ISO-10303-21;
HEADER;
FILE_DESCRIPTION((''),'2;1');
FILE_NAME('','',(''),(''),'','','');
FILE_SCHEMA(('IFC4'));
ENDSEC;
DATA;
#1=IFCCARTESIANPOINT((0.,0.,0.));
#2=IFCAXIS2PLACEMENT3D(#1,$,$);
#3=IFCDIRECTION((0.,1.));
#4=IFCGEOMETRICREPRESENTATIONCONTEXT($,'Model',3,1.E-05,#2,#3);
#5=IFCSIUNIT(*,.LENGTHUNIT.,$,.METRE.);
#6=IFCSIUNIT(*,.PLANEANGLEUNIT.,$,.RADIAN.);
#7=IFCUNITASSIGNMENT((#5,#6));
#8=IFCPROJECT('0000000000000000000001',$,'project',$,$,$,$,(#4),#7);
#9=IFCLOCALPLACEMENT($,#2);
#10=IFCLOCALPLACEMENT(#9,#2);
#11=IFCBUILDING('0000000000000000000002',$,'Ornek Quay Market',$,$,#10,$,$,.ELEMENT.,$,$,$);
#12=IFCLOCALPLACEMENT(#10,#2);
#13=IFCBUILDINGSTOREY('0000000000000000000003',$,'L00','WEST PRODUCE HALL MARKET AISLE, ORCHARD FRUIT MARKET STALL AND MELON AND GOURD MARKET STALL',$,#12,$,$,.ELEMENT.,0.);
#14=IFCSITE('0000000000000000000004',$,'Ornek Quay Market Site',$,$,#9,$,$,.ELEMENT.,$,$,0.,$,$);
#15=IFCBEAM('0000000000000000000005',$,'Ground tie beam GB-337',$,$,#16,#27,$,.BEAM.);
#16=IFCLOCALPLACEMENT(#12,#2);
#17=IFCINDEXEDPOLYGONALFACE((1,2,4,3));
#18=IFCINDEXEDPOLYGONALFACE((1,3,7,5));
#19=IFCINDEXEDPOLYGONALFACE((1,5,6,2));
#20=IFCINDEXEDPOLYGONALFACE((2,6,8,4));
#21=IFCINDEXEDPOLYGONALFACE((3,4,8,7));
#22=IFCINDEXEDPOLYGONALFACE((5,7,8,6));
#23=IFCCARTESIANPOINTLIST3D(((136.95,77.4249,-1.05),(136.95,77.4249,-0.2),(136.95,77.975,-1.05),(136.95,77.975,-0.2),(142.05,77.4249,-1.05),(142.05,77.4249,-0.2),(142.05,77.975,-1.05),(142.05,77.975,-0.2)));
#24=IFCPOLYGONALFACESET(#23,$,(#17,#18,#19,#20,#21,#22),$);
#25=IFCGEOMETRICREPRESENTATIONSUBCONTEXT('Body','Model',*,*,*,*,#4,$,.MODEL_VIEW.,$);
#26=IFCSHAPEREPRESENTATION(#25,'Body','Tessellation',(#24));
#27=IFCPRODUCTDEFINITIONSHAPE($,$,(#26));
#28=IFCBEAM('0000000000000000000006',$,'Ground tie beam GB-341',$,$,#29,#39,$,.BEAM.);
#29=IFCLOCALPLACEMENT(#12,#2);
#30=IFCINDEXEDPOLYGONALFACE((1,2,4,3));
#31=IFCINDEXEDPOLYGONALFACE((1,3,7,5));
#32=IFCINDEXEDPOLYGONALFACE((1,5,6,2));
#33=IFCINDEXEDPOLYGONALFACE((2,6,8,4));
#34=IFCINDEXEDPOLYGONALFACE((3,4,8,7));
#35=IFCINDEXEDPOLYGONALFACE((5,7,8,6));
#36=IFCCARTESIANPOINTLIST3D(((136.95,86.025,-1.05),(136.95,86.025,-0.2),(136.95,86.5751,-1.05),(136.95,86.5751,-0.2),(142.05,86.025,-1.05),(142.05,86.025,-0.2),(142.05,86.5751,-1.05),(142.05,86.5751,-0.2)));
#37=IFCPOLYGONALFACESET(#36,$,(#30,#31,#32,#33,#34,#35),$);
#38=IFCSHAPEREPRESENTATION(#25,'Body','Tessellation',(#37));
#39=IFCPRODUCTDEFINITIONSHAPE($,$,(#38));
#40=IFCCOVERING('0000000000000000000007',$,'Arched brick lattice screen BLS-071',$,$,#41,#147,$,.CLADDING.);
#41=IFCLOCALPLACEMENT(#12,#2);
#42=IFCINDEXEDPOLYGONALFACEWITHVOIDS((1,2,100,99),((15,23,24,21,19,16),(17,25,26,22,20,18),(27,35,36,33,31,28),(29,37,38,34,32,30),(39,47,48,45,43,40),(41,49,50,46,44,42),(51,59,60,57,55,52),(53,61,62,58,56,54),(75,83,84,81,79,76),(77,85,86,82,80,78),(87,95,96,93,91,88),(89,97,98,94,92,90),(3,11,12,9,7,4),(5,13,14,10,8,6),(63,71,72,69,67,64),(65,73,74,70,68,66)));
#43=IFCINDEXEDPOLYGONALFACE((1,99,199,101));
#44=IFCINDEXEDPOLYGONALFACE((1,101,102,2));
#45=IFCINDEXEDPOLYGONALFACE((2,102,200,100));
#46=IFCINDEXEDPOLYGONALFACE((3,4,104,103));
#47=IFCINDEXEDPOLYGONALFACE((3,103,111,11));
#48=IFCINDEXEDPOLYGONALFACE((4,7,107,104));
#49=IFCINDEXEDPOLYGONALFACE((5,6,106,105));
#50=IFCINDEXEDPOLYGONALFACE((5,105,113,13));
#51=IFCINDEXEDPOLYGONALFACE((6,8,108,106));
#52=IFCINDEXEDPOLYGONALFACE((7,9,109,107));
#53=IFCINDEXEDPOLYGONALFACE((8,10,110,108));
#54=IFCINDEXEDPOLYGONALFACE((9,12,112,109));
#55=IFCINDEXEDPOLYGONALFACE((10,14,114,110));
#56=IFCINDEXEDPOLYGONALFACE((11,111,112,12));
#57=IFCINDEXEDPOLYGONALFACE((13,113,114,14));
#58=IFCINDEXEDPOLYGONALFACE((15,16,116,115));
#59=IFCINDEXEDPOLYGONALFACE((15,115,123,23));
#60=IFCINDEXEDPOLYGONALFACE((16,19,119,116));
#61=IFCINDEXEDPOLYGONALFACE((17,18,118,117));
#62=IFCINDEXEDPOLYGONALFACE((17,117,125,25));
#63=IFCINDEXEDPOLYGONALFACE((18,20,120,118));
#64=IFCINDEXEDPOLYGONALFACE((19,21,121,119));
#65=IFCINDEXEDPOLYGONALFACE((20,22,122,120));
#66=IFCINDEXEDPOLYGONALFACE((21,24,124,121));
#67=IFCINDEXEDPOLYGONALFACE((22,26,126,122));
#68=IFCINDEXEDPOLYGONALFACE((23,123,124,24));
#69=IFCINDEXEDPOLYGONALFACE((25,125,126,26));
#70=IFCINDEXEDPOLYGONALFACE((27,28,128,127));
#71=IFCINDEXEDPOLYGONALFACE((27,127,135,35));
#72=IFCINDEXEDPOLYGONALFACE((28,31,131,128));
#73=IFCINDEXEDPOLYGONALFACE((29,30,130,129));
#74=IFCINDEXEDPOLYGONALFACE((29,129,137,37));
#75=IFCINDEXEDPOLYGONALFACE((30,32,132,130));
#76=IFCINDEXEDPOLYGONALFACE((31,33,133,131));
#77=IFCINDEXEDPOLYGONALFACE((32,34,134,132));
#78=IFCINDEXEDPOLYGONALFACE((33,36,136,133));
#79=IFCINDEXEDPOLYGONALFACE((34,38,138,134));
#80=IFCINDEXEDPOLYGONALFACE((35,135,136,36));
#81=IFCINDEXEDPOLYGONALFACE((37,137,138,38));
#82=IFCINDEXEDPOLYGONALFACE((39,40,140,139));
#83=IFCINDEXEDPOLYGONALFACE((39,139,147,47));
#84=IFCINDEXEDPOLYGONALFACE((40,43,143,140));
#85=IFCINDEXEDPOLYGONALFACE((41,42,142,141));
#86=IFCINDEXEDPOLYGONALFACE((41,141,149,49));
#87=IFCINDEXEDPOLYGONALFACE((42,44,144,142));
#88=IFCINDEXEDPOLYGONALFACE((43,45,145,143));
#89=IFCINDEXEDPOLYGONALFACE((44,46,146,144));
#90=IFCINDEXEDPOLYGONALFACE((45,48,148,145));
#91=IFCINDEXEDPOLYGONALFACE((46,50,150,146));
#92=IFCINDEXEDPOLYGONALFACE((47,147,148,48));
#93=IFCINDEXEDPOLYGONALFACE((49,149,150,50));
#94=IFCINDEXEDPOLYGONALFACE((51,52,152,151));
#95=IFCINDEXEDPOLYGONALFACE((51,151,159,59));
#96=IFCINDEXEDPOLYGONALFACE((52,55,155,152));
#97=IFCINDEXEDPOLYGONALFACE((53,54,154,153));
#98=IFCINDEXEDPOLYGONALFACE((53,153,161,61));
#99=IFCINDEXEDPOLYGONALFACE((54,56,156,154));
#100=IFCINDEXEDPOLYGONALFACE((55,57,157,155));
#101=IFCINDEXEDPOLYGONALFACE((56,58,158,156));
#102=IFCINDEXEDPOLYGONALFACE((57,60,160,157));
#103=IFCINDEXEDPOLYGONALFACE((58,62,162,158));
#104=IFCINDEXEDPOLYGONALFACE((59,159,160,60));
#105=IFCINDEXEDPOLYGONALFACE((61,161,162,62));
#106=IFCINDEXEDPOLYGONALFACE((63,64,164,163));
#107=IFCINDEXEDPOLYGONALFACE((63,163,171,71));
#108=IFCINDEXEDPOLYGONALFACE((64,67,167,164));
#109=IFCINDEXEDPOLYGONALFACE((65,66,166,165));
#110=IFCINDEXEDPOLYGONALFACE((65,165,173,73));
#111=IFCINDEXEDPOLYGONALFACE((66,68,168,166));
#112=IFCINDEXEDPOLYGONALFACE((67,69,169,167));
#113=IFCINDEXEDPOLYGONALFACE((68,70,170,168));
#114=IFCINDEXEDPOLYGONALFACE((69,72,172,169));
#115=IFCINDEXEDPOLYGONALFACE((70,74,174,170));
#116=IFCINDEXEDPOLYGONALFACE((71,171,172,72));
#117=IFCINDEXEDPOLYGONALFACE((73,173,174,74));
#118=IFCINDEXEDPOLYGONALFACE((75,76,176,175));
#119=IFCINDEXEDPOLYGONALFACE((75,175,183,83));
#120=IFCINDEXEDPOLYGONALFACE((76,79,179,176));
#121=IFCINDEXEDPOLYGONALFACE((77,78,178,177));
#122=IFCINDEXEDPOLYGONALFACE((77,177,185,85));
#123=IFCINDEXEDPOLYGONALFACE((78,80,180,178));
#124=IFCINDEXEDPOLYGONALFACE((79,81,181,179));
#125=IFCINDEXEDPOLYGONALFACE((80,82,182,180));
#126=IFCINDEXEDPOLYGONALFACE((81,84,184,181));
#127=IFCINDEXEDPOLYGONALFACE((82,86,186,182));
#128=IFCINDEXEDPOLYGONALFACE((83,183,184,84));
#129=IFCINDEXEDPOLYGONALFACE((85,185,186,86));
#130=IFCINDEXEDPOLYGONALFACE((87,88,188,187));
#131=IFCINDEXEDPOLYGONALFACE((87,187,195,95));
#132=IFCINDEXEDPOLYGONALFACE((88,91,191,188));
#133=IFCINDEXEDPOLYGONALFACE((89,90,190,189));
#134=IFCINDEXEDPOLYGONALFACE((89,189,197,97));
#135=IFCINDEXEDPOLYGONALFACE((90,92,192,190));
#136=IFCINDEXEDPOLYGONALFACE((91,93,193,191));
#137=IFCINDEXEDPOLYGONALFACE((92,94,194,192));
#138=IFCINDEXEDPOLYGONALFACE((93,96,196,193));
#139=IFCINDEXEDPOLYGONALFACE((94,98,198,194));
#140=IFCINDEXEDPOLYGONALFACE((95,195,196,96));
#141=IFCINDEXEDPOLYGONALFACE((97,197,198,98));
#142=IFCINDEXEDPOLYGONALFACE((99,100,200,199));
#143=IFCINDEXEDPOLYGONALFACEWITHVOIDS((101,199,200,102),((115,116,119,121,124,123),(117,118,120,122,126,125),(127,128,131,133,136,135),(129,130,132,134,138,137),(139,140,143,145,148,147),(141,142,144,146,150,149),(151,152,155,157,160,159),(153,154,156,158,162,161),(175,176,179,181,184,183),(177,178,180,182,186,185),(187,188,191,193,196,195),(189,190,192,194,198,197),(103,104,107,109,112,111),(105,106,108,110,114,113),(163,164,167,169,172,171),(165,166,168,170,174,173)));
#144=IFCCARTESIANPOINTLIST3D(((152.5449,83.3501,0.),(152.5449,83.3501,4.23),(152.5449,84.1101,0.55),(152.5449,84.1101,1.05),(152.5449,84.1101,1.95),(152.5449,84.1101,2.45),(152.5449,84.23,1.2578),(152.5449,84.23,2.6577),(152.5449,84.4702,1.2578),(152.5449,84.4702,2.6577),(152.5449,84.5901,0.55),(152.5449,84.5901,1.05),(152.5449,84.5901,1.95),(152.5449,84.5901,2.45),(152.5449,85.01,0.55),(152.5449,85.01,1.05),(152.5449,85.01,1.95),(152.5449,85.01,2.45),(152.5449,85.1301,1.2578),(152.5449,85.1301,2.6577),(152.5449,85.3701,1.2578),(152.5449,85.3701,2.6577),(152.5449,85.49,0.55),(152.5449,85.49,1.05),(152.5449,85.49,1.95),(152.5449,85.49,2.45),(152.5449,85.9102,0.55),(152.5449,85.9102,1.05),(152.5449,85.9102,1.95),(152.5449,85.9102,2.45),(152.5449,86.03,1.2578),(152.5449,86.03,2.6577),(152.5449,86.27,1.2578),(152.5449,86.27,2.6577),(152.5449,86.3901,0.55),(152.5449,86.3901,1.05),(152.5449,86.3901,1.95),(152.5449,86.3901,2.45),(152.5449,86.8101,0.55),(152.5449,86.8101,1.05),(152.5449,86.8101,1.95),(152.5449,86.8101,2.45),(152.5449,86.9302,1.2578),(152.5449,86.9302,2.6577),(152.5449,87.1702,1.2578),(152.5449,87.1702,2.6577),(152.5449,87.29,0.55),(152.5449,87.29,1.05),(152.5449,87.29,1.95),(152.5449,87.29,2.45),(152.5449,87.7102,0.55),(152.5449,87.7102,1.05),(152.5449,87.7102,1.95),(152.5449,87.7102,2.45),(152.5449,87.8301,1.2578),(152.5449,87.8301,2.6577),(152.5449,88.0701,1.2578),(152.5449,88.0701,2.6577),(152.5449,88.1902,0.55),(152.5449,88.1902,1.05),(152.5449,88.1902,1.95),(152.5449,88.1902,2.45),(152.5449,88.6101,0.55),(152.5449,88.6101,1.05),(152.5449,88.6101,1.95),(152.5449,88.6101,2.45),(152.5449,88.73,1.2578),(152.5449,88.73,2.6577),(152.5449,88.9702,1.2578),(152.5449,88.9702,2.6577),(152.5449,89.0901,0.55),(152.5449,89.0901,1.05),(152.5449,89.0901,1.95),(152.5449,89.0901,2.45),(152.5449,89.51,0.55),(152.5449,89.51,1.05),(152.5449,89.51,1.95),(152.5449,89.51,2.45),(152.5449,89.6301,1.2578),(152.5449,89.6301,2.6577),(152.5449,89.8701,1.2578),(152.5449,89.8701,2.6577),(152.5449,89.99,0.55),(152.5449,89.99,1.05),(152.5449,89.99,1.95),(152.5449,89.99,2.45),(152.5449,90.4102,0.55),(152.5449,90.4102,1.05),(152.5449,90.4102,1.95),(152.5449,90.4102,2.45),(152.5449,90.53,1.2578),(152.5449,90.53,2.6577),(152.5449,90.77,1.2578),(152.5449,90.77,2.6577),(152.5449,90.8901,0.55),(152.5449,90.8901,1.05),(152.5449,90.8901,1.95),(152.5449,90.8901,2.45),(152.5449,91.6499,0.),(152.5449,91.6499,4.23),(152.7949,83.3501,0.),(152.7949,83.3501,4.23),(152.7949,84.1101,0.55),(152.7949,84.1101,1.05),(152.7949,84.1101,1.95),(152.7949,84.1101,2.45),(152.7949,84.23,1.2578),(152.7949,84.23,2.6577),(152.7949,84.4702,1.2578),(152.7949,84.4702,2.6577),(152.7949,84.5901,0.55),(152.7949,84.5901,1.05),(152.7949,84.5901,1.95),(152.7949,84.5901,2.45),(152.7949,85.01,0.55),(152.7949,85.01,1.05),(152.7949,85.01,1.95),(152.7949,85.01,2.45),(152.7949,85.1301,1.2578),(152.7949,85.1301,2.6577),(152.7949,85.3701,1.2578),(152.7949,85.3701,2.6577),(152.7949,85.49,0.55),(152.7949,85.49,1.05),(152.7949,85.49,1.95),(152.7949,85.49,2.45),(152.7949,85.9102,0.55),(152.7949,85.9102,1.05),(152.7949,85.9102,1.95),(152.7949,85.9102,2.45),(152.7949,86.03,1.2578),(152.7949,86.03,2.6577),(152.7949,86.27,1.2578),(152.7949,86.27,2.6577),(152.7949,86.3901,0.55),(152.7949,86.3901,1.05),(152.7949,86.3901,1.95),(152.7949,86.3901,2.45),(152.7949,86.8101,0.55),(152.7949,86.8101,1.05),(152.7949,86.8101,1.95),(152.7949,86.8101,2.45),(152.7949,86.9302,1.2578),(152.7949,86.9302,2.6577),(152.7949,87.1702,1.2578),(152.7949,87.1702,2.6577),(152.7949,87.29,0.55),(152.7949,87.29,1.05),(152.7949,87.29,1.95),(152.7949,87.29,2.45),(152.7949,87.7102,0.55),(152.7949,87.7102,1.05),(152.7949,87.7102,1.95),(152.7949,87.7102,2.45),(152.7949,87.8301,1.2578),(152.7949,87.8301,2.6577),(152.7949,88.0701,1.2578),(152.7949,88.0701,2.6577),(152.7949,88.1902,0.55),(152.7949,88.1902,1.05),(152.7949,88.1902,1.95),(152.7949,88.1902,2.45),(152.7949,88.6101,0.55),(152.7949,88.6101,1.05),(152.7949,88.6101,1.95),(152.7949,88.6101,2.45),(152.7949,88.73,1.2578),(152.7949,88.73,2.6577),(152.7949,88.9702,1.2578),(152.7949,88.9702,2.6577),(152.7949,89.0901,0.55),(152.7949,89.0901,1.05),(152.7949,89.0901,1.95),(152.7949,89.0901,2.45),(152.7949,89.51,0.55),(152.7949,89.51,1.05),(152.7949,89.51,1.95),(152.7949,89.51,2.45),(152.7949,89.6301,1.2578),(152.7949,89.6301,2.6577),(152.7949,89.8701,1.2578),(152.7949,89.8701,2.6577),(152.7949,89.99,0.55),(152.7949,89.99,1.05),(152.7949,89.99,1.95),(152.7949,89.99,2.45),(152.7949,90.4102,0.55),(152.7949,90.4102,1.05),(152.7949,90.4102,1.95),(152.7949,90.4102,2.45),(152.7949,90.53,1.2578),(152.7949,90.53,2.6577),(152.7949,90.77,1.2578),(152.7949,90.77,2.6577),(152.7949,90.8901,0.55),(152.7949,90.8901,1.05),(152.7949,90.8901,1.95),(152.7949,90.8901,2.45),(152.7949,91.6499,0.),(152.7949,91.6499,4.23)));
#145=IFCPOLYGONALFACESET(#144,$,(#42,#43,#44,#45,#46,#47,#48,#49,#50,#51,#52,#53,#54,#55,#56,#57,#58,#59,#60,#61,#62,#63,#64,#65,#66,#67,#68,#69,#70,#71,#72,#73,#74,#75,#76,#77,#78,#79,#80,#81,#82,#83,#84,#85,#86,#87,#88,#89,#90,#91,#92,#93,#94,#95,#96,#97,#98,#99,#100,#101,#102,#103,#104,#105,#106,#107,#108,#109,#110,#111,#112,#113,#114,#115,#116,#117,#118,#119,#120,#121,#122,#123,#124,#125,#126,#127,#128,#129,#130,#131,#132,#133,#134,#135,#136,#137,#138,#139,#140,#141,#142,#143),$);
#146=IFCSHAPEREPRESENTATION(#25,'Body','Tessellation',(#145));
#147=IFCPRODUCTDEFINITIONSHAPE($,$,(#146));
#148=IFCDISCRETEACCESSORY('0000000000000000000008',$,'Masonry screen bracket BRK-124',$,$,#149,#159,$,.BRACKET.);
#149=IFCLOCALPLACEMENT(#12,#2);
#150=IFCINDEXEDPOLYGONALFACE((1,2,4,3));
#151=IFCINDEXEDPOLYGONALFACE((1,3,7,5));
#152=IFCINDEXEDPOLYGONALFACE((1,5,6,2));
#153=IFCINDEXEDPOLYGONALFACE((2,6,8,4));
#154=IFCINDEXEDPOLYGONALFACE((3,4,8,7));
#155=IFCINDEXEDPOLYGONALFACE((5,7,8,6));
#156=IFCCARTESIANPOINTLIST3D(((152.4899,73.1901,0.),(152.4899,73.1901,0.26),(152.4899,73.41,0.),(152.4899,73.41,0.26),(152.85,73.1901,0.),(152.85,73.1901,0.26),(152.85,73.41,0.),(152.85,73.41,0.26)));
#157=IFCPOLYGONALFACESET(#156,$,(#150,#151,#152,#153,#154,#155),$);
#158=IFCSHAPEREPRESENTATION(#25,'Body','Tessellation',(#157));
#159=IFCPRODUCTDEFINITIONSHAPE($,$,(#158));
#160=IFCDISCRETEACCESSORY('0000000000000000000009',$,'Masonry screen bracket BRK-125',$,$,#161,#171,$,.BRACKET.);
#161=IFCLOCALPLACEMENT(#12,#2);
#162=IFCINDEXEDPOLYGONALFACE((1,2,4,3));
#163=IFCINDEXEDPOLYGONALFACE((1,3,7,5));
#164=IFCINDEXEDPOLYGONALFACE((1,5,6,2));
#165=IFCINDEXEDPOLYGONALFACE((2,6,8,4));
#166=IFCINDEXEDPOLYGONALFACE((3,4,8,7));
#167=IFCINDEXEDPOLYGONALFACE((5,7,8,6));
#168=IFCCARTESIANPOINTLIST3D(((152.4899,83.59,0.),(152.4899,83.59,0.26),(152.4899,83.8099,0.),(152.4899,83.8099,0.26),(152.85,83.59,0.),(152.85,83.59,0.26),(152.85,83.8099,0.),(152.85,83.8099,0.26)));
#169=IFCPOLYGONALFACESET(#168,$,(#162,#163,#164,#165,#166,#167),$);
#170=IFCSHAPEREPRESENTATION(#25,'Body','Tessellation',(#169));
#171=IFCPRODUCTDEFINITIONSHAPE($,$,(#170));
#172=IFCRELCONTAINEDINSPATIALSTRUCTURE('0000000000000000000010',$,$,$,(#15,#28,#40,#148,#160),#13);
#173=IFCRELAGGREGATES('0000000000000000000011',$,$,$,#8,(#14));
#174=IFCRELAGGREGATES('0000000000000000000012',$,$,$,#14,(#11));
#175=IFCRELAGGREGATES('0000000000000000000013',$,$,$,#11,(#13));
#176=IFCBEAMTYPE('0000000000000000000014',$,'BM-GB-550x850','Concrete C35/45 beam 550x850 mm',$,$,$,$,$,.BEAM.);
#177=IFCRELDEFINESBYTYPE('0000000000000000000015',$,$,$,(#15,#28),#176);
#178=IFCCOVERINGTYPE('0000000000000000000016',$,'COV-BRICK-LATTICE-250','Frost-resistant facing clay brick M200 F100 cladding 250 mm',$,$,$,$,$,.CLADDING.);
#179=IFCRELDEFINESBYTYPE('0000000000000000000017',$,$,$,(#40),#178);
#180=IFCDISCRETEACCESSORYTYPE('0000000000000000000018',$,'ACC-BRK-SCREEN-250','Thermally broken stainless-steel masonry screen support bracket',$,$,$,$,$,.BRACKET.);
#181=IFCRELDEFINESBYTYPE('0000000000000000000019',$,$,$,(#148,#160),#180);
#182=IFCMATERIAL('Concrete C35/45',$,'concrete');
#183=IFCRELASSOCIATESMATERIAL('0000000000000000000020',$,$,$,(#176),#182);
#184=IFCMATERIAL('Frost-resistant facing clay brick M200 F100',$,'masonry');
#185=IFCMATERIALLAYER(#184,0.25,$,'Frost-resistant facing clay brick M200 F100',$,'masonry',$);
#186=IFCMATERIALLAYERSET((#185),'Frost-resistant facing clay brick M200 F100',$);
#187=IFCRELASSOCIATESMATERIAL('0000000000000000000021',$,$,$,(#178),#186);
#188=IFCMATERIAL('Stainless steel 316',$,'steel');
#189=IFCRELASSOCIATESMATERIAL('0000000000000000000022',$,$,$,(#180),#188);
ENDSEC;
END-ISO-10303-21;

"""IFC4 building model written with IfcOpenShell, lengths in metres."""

from ifc_helpers import new_model, si_unit, direction, frame, origin, origin_2d, place, context, subcontext, project, spatial, polyline, rectangle, outline, extrude, material, layer, layer_set, material_profile, profile_set, type_object, element, save


model = new_model("IFC4")

# Units and contexts
model_context = context("Model", 3, precision=1e-05, world=origin(), true_north=direction((0.0, 1.0)))
body_context = subcontext(model_context, "Body", "Model", "MODEL_VIEW")
ifc_project = project(units=[si_unit("LENGTHUNIT", "METRE"), si_unit("PLANEANGLEUNIT", "RADIAN")], contexts=[model_context])

# Site, building, storey
site_placement = place(None, origin())
site = spatial("IfcSite", under=ifc_project, at=site_placement, Name="Ornek Quay Market Site", CompositionType="ELEMENT", RefElevation=0.0)
building_placement = place(site_placement, origin())
building = spatial("IfcBuilding", under=site, at=building_placement, Name="Ornek Quay Market", CompositionType="ELEMENT")
storey_placement = place(building_placement, origin())
storey = spatial("IfcBuildingStorey", under=building, at=storey_placement, Name="L00", Description="WEST PRODUCE HALL MARKET AISLE, ORCHARD FRUIT MARKET STALL AND MELON AND GOURD MARKET STALL", CompositionType="ELEMENT", Elevation=0.0)

# Shared definitions
ifc_material_1 = material(Name="Concrete C35/45", Category="concrete")

# Beams
ifc_material_profile_1 = material_profile(ifc_material_1, rectangle(XDim=0.55, YDim=0.8501, at=origin_2d()), Name="RC 550x850", Category="concrete")
ifc_profile_set_1 = profile_set([ifc_material_profile_1], Name="Concrete C35/45")
beam_type_1 = type_object("IfcBeamType", Name="BM-GB-550x850", Description="Concrete C35/45 beam 550x850 mm", PredefinedType="BEAM", material=ifc_profile_set_1)
for number, where, z_axis, x_axis, name in (
    (1, (136.95, 77.7, -0.625), (1.0, 0.0, 0.0), (0.0, 1.0, 0.0), "Ground tie beam GB-337"),
    (2, (136.95, 86.3, -0.625), (1.0, 0.0, 0.0), (0.0, 1.0, 0.0), "Ground tie beam GB-341"),
):
    element("IfcBeam", number, at=place(storey_placement, frame(where, z_axis=z_axis, x_axis=x_axis)), inside=storey, type_object=beam_type_1, Name=name, PredefinedType="BEAM", context=body_context, shape_type="SweptSolid", body=[
        extrude(rectangle(XDim=0.55, YDim=0.8501, at=origin_2d()), origin(), (0.0, 0.0, 1.0), 5.1001),
    ])

# Covering
ifc_material_2 = material(Name="Frost-resistant facing clay brick M200 F100", Category="masonry")
ifc_layer = layer(ifc_material_2, 0.25, Name="Frost-resistant facing clay brick M200 F100", Category="masonry")
ifc_layer_set = layer_set([ifc_layer], Name="Frost-resistant facing clay brick M200 F100")
covering_type = type_object("IfcCoveringType", Name="COV-BRICK-LATTICE-250", Description="Frost-resistant facing clay brick M200 F100 cladding 250 mm", PredefinedType="CLADDING", material=ifc_layer_set)
covering_placement = place(storey_placement, frame((152.6699, 83.3501, 0.0), z_axis=(0.0, 0.0, 1.0), x_axis=(0.0, 1.0, 0.0)))
element("IfcCovering", 3, at=covering_placement, inside=storey, type_object=covering_type, Name="Arched brick lattice screen BLS-071", PredefinedType="CLADDING", context=body_context, shape_type="SweptSolid", body=[
    extrude(outline(polyline([(0.0, 0.0), (8.2998, 0.0), (8.2998, 4.23), (0.0, 4.23), (0.0, 0.0)]), holes=[polyline([(0.76, 0.55), (1.24, 0.55), (1.24, 1.05), (1.1201, 1.2578), (0.8799, 1.2578), (0.76, 1.05), (0.76, 0.55)]), polyline([(0.76, 1.95), (1.24, 1.95), (1.24, 2.45), (1.1201, 2.6577), (0.8799, 2.6577), (0.76, 2.45), (0.76, 1.95)]), polyline([(1.6599, 0.55), (2.1399, 0.55), (2.1399, 1.05), (2.02, 1.2578), (1.78, 1.2578), (1.6599, 1.05), (1.6599, 0.55)]), polyline([(1.6599, 1.95), (2.1399, 1.95), (2.1399, 2.45), (2.02, 2.6577), (1.78, 2.6577), (1.6599, 2.45), (1.6599, 1.95)]), polyline([(2.5601, 0.55), (3.04, 0.55), (3.04, 1.05), (2.9199, 1.2578), (2.6799, 1.2578), (2.5601, 1.05), (2.5601, 0.55)]), polyline([(2.5601, 1.95), (3.04, 1.95), (3.04, 2.45), (2.9199, 2.6577), (2.6799, 2.6577), (2.5601, 2.45), (2.5601, 1.95)]), polyline([(3.46, 0.55), (3.9399, 0.55), (3.9399, 1.05), (3.8201, 1.2578), (3.5801, 1.2578), (3.46, 1.05), (3.46, 0.55)]), polyline([(3.46, 1.95), (3.9399, 1.95), (3.9399, 2.45), (3.8201, 2.6577), (3.5801, 2.6577), (3.46, 2.45), (3.46, 1.95)]), polyline([(4.3601, 0.55), (4.8401, 0.55), (4.8401, 1.05), (4.72, 1.2578), (4.48, 1.2578), (4.3601, 1.05), (4.3601, 0.55)]), polyline([(4.3601, 1.95), (4.8401, 1.95), (4.8401, 2.45), (4.72, 2.6577), (4.48, 2.6577), (4.3601, 2.45), (4.3601, 1.95)]), polyline([(5.26, 0.55), (5.74, 0.55), (5.74, 1.05), (5.6201, 1.2578), (5.3799, 1.2578), (5.26, 1.05), (5.26, 0.55)]), polyline([(5.26, 1.95), (5.74, 1.95), (5.74, 2.45), (5.6201, 2.6577), (5.3799, 2.6577), (5.26, 2.45), (5.26, 1.95)]), polyline([(6.1599, 0.55), (6.6399, 0.55), (6.6399, 1.05), (6.52, 1.2578), (6.28, 1.2578), (6.1599, 1.05), (6.1599, 0.55)]), polyline([(6.1599, 1.95), (6.6399, 1.95), (6.6399, 2.45), (6.52, 2.6577), (6.28, 2.6577), (6.1599, 2.45), (6.1599, 1.95)]), polyline([(7.0601, 0.55), (7.54, 0.55), (7.54, 1.05), (7.4199, 1.2578), (7.1799, 1.2578), (7.0601, 1.05), (7.0601, 0.55)]), polyline([(7.0601, 1.95), (7.54, 1.95), (7.54, 2.45), (7.4199, 2.6577), (7.1799, 2.6577), (7.0601, 2.45), (7.0601, 1.95)])]), frame((0.0, 0.125, 0.0), z_axis=(0.0, -1.0, 0.0), x_axis=(1.0, 0.0, 0.0)), (0.0, 0.0, 1.0), 0.25),
])

# Discrete accessories
ifc_material_3 = material(Name="Stainless steel 316", Category="steel")
discrete_accessory_type = type_object("IfcDiscreteAccessoryType", Name="ACC-BRK-SCREEN-250", Description="Thermally broken stainless-steel masonry screen support bracket", PredefinedType="BRACKET", material=ifc_material_3)
for number, where, z_axis, x_axis, name in (
    (4, (152.6699, 73.3, 0.0), (0.0, 0.0, 1.0), (0.0, 1.0, 0.0), "Masonry screen bracket BRK-124"),
    (5, (152.6699, 83.7, 0.0), (0.0, 0.0, 1.0), (0.0, 1.0, 0.0), "Masonry screen bracket BRK-125"),
):
    element("IfcDiscreteAccessory", number, at=place(storey_placement, frame(where, z_axis=z_axis, x_axis=x_axis)), inside=storey, type_object=discrete_accessory_type, Name=name, PredefinedType="BRACKET", context=body_context, shape_type="SweptSolid", body=[
        extrude(rectangle(XDim=0.22, YDim=0.3601, at=origin_2d()), origin(), (0.0, 0.0, 1.0), 0.26),
    ])

save(model, "model.ifc")
